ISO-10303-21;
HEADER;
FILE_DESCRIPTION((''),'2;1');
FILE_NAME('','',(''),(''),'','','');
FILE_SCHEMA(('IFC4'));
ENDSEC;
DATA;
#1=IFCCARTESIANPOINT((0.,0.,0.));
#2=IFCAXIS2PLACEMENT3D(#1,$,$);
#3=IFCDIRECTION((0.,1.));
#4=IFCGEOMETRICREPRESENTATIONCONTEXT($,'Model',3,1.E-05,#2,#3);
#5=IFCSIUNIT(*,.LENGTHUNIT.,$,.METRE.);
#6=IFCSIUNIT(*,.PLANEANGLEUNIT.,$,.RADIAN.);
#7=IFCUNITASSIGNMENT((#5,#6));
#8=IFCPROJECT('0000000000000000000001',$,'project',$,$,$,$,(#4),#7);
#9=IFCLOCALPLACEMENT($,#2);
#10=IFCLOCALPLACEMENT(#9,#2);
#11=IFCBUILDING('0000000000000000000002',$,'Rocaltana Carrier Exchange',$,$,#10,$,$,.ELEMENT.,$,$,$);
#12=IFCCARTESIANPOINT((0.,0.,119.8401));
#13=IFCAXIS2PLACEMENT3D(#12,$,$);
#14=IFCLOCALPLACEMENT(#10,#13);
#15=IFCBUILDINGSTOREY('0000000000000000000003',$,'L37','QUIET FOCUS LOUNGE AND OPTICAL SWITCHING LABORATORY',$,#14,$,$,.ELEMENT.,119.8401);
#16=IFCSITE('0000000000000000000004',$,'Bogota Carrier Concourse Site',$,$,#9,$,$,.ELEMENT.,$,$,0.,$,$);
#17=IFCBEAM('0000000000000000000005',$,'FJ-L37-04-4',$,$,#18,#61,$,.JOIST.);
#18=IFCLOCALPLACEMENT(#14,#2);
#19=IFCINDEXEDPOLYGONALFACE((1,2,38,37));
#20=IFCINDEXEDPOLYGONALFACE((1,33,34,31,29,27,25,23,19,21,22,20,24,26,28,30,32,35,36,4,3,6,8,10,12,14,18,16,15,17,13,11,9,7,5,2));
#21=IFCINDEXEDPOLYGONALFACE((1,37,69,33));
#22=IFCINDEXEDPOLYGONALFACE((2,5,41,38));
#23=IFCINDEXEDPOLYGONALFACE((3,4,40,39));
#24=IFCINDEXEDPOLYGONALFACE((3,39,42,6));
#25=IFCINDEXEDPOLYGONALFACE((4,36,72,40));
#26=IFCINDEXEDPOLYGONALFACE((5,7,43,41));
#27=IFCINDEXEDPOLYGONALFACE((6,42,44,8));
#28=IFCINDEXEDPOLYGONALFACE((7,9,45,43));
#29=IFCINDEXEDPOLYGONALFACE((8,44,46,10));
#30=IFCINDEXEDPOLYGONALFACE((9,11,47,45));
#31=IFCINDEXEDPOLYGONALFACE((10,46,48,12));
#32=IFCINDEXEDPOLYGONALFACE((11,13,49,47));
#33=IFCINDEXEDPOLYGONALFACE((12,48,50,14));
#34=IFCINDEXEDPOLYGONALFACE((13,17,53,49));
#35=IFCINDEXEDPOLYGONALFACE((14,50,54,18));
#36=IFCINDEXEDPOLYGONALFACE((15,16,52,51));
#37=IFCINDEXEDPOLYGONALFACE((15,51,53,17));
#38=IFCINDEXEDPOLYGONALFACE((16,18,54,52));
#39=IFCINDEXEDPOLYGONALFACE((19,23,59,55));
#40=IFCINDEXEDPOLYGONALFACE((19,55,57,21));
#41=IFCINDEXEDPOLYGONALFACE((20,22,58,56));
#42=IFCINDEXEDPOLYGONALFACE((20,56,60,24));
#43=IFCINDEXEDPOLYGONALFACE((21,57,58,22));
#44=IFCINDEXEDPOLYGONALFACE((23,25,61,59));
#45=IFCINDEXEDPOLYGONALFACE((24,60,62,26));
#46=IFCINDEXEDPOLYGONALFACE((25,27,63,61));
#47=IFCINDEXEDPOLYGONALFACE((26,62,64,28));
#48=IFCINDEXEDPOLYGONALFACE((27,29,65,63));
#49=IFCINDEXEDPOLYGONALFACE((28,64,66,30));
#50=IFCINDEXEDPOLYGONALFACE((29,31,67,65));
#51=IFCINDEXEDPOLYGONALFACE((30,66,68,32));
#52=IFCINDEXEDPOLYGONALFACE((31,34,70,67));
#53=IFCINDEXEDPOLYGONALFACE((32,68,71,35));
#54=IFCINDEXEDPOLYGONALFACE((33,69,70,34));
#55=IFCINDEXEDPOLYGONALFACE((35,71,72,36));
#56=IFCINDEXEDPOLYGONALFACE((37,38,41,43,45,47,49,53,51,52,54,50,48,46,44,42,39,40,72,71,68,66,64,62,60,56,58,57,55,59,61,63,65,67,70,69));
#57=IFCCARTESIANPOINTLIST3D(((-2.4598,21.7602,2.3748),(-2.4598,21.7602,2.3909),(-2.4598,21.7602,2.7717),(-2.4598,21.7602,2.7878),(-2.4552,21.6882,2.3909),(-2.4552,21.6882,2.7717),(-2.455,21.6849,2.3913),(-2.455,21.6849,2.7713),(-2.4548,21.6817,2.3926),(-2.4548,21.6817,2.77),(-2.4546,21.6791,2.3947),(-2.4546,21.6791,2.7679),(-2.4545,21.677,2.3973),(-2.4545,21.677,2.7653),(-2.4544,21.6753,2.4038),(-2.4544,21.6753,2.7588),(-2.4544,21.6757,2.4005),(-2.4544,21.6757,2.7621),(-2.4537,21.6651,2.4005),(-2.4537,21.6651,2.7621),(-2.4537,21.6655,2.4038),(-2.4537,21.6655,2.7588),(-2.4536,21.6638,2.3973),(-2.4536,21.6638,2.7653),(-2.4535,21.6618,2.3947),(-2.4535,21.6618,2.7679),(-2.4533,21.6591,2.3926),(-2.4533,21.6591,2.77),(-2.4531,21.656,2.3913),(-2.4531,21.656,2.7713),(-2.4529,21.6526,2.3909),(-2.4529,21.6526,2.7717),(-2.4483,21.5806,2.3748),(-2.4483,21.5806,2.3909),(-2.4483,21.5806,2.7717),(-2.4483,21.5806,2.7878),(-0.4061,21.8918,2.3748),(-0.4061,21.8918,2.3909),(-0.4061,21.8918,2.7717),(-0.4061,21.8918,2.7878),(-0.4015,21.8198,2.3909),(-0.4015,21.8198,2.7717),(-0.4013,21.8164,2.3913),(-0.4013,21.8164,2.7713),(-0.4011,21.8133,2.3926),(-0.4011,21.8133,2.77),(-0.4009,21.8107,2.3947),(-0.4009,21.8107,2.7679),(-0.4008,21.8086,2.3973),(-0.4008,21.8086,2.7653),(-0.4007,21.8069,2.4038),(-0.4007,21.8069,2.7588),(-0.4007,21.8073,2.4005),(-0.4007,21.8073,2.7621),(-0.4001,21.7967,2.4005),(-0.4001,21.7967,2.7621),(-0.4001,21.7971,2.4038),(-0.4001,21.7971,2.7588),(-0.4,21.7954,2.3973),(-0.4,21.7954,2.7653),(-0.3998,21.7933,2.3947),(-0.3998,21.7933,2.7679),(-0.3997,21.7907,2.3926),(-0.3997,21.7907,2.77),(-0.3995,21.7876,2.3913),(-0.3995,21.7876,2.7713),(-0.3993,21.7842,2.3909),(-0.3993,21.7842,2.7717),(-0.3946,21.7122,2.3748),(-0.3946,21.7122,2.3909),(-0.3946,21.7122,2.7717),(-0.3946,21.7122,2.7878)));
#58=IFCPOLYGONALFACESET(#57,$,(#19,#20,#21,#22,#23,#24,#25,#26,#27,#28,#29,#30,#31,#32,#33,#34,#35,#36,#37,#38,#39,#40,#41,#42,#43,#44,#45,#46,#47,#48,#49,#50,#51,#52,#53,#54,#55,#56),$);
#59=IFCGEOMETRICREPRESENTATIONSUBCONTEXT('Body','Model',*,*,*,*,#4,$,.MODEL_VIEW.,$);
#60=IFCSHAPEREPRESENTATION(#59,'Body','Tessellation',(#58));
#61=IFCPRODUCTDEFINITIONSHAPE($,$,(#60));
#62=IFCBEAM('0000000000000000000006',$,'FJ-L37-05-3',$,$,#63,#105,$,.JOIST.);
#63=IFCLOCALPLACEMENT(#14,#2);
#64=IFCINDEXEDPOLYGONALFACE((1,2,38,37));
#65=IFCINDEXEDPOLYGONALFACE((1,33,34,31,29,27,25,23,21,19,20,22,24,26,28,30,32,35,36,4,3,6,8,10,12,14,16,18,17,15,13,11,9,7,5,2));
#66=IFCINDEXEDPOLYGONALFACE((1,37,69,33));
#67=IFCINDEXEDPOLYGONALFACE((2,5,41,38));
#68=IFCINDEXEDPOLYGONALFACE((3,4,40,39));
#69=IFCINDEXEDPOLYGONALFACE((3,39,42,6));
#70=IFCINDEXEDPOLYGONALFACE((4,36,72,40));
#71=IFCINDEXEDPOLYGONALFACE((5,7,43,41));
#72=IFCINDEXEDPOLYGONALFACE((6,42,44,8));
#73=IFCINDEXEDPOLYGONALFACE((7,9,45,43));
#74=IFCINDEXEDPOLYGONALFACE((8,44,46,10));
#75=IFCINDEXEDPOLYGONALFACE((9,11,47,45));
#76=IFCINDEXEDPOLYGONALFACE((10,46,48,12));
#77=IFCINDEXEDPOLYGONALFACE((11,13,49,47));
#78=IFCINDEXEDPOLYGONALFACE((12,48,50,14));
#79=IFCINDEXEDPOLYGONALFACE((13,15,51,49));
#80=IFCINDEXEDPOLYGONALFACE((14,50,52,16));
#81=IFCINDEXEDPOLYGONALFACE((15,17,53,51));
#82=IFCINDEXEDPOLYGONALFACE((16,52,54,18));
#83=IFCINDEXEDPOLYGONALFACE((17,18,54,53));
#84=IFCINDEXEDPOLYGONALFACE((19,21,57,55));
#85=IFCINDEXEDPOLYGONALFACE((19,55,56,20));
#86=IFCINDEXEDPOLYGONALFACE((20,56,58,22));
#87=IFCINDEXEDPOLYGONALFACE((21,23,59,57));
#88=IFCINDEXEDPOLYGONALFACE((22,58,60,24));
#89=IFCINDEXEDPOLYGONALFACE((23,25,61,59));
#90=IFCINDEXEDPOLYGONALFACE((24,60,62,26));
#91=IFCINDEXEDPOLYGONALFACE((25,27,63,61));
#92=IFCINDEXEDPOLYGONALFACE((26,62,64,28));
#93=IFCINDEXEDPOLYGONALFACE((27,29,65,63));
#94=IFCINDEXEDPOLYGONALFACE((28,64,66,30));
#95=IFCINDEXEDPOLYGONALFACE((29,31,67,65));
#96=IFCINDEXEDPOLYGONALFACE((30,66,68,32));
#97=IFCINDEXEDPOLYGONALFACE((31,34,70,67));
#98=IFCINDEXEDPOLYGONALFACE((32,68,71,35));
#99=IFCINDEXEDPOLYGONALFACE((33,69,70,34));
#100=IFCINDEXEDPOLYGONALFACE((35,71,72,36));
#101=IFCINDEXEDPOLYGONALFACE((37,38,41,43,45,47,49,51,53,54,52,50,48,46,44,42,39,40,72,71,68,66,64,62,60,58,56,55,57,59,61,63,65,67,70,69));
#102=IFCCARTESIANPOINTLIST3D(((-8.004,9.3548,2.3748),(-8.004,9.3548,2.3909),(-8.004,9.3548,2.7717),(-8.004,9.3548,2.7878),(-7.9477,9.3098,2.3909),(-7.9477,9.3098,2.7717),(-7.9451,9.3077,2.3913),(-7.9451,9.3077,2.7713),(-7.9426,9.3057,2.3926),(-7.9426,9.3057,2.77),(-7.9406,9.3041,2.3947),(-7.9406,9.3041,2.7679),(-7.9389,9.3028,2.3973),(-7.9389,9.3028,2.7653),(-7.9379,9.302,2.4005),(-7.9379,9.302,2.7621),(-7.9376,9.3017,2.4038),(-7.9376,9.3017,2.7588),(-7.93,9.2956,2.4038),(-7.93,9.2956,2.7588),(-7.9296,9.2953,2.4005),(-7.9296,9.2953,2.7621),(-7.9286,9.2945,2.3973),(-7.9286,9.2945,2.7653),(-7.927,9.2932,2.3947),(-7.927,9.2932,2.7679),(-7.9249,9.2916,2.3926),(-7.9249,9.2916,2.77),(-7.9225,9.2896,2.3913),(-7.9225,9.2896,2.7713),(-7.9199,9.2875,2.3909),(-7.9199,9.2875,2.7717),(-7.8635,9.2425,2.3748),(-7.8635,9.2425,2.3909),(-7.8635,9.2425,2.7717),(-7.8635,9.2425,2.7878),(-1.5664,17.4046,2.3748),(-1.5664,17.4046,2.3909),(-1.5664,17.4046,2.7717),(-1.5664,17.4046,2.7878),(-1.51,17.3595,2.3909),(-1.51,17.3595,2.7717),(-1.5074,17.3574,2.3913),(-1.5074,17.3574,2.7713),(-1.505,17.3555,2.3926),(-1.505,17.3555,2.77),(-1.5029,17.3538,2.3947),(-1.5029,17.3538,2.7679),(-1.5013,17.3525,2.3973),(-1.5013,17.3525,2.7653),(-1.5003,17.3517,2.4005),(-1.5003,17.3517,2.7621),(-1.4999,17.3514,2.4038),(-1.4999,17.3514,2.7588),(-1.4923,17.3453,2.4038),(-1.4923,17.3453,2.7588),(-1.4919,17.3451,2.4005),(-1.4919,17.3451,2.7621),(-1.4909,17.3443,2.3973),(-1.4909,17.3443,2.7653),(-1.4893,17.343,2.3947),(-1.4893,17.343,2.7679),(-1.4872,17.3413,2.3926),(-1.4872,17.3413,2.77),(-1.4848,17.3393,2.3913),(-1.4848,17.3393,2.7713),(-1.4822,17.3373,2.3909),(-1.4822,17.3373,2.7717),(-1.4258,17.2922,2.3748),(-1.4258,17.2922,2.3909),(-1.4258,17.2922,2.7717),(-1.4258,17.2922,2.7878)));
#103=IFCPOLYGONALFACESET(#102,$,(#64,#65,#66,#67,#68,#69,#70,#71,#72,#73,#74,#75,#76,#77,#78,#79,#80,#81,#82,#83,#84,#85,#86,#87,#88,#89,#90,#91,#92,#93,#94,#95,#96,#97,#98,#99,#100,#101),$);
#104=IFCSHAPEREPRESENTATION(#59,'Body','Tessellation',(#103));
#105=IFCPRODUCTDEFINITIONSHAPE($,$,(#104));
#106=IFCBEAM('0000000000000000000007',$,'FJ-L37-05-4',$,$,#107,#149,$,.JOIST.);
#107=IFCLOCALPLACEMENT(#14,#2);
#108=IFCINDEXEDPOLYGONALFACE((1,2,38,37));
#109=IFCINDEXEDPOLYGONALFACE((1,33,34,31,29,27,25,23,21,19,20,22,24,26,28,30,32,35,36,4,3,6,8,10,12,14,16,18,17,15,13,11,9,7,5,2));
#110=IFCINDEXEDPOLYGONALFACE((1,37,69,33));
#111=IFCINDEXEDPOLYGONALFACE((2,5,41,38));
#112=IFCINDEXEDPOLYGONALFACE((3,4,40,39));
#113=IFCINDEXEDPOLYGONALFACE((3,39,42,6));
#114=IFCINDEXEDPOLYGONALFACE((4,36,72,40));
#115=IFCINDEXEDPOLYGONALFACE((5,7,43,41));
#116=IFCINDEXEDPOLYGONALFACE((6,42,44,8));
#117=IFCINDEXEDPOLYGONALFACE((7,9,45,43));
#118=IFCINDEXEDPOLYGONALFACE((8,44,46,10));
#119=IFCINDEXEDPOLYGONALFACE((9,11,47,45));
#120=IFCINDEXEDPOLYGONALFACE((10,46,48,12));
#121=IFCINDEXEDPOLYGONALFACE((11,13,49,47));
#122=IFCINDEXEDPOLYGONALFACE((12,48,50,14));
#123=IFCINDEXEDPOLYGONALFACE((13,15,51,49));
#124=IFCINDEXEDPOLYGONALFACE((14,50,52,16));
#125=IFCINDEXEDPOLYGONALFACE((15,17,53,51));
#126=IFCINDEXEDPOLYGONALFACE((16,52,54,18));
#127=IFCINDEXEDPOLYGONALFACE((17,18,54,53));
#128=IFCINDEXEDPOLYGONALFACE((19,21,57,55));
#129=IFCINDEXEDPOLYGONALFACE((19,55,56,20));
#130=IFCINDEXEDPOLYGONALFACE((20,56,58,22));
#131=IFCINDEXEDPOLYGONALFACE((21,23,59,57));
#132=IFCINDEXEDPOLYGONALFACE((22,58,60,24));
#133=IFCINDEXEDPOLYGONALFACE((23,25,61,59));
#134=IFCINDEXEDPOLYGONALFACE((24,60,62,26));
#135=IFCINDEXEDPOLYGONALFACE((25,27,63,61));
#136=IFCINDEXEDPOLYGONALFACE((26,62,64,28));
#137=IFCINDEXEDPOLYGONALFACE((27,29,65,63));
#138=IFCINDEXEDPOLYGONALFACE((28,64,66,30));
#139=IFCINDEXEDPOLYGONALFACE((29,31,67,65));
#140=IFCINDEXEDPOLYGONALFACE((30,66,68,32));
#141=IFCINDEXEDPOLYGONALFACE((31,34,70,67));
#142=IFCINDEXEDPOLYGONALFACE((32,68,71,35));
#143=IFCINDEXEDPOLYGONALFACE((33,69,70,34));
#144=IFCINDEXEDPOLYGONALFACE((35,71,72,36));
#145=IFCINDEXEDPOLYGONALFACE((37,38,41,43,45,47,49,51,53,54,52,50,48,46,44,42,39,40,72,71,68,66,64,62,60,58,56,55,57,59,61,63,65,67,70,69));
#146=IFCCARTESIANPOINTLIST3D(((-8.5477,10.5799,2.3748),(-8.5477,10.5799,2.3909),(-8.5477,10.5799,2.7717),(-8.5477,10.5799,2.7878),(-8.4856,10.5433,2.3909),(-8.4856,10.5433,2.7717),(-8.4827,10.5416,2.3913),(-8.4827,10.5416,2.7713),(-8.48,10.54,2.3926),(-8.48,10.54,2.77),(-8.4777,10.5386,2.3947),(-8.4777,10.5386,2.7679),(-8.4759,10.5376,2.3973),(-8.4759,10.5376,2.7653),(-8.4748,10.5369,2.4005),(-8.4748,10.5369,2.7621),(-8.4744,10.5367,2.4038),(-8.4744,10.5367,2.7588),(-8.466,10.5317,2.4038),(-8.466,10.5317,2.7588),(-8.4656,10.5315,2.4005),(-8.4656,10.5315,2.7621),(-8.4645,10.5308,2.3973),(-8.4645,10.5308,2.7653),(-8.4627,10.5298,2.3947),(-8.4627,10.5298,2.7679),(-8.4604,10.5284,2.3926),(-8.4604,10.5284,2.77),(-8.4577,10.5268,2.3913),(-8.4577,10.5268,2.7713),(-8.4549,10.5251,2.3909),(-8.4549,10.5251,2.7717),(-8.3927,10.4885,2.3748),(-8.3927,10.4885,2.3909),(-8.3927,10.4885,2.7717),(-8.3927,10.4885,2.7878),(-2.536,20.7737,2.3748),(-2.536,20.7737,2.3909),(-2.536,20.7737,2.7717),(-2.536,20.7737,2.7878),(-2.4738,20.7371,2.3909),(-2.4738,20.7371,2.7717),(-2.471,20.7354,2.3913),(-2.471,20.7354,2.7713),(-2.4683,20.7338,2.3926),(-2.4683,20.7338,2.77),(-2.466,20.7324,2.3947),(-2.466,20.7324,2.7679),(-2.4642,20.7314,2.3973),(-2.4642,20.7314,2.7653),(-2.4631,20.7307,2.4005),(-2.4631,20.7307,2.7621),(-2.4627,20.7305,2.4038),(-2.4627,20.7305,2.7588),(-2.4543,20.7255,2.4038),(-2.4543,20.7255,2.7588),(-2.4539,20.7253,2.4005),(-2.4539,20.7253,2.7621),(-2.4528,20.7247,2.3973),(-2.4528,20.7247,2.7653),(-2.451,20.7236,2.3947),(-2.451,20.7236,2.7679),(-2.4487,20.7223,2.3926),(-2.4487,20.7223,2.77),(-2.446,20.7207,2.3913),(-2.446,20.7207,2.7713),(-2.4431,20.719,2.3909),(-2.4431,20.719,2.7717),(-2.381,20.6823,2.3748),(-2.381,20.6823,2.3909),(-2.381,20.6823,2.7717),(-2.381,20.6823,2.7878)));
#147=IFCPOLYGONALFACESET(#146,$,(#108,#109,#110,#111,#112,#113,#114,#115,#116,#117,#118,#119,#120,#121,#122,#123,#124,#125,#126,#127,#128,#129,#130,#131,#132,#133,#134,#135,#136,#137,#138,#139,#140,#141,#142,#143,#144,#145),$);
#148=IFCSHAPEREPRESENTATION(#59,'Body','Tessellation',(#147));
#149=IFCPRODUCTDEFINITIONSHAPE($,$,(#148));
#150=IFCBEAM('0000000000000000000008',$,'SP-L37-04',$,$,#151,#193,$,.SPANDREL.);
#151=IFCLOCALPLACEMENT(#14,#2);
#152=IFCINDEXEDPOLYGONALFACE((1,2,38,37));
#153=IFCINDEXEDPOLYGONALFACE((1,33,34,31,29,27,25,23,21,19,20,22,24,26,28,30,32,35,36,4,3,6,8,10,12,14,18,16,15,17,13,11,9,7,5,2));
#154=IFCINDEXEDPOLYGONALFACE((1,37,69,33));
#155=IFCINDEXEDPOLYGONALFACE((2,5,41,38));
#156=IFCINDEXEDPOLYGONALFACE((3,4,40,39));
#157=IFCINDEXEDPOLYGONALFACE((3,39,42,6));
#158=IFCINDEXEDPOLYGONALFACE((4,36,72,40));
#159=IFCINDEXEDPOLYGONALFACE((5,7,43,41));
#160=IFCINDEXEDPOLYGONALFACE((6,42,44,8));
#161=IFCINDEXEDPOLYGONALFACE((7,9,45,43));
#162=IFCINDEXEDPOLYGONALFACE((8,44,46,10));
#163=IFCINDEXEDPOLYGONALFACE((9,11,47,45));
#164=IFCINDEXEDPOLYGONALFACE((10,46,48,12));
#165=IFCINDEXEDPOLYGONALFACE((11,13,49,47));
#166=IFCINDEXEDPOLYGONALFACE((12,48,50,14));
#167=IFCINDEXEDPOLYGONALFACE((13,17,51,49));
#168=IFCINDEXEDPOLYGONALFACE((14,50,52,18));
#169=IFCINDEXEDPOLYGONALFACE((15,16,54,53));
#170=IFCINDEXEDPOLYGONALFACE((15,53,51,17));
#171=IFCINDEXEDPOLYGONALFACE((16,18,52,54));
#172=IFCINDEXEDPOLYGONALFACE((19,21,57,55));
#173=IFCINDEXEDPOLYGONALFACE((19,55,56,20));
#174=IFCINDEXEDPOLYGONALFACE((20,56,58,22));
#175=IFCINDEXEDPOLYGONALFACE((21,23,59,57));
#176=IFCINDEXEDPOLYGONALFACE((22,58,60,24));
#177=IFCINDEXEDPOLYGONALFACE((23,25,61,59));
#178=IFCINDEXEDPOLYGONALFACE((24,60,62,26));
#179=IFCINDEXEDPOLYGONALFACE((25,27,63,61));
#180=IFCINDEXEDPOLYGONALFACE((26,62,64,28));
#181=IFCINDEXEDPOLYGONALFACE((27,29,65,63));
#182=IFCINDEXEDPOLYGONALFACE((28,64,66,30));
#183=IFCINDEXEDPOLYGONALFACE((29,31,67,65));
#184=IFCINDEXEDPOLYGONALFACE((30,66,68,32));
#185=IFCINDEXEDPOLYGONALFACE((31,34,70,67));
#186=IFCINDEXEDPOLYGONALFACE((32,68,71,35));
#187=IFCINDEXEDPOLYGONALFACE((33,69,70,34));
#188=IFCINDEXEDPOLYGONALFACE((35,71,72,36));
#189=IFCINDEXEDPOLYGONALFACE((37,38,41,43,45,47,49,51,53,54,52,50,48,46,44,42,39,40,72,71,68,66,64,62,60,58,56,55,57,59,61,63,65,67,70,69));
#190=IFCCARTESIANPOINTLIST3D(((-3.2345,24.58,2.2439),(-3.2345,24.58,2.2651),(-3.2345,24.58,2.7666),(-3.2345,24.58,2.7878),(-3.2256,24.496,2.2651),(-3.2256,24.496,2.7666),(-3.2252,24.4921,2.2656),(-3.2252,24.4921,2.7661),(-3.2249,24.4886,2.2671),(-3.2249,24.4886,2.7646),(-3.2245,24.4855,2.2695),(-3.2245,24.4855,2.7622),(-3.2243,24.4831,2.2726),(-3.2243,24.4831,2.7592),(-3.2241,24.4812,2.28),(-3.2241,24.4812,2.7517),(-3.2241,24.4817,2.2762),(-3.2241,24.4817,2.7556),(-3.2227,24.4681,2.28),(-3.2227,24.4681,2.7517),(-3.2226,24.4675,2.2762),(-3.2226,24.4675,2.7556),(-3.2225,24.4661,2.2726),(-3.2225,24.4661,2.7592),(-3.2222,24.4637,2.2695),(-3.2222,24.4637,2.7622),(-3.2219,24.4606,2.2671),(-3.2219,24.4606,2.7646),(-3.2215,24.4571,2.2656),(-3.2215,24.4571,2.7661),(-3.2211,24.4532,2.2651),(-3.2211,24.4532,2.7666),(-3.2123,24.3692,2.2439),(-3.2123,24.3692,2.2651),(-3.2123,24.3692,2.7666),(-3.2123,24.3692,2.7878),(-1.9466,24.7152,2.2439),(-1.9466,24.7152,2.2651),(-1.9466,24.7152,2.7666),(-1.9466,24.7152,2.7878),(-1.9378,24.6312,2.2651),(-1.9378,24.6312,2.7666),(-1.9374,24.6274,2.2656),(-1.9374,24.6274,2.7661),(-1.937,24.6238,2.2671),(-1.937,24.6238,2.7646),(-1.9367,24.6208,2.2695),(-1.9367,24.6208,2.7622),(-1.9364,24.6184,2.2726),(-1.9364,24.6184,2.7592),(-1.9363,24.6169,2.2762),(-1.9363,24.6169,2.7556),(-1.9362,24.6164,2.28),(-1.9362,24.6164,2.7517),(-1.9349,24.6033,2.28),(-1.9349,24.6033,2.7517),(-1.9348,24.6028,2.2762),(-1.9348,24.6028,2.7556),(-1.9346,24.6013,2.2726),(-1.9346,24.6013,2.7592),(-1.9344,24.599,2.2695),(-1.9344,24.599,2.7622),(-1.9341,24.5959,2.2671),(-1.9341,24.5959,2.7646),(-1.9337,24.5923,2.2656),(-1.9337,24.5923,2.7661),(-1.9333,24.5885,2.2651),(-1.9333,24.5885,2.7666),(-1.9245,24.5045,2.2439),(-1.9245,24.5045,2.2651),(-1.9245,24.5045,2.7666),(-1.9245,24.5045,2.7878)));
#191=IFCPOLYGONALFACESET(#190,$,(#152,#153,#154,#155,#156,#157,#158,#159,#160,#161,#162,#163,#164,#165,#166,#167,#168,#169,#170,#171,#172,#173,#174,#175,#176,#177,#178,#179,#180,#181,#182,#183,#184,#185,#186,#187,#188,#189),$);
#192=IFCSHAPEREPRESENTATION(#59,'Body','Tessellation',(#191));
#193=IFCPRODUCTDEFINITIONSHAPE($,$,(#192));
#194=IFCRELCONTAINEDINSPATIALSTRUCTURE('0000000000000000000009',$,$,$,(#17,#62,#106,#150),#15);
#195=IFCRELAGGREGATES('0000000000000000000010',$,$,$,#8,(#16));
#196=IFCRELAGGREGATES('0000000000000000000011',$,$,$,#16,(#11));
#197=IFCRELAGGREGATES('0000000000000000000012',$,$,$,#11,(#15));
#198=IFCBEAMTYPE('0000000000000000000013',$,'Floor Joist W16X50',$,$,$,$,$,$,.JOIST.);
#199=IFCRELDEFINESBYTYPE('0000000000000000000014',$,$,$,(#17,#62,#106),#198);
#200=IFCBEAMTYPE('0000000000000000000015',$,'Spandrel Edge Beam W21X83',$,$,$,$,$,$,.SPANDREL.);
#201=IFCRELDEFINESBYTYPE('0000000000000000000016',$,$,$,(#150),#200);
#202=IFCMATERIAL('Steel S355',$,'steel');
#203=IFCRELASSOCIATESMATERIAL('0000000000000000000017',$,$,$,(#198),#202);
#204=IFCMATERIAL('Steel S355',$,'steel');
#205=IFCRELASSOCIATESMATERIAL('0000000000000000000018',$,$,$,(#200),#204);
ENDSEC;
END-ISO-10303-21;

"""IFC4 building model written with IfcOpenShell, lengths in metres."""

from ifc_helpers import new_model, si_unit, direction, frame, origin, origin_2d, place, context, subcontext, project, spatial, i_section, extrude, material, material_profile, profile_set, type_object, element, save


model = new_model("IFC4")

# Units and contexts
model_context = context("Model", 3, precision=1e-05, world=origin(), true_north=direction((0.0, 1.0)))
body_context = subcontext(model_context, "Body", "Model", "MODEL_VIEW")
ifc_project = project(units=[si_unit("LENGTHUNIT", "METRE"), si_unit("PLANEANGLEUNIT", "RADIAN")], contexts=[model_context])

# Site, building, storey
site_placement = place(None, origin())
site = spatial("IfcSite", under=ifc_project, at=site_placement, Name="Bogota Carrier Concourse Site", CompositionType="ELEMENT", RefElevation=0.0)
building_placement = place(site_placement, origin())
building = spatial("IfcBuilding", under=site, at=building_placement, Name="Rocaltana Carrier Exchange", CompositionType="ELEMENT")
storey_placement = place(building_placement, frame((0.0, 0.0, 119.8401)))
storey = spatial("IfcBuildingStorey", under=building, at=storey_placement, Name="L37", Description="QUIET FOCUS LOUNGE AND OPTICAL SWITCHING LABORATORY", CompositionType="ELEMENT", Elevation=119.8401)

# Beams
ifc_material_1 = material(Name="Steel S355", Category="steel")
ifc_material_profile_1 = material_profile(ifc_material_1, i_section(OverallWidth=0.1799, OverallDepth=0.4131, WebThickness=0.0098, FlangeThickness=0.0161, FilletRadius=0.0129, at=origin_2d()), Name="W16X50")
ifc_profile_set_1 = profile_set([ifc_material_profile_1], Name="Steel S355")
beam_type_1 = type_object("IfcBeamType", Name="Floor Joist W16X50", PredefinedType="JOIST", material=ifc_profile_set_1)
beam_1_placement = place(storey_placement, frame((-0.4004, 21.802, 2.5813), z_axis=(-0.997953, -0.063944, 0.0), x_axis=(0.063944, -0.997953, 0.0)))
element("IfcBeam", 1, at=beam_1_placement, inside=storey, type_object=beam_type_1, Name="FJ-L37-04-4", PredefinedType="JOIST", context=body_context, shape_type="SweptSolid", body=[
    extrude(i_section(OverallWidth=0.1799, OverallDepth=0.4131, WebThickness=0.0098, FlangeThickness=0.0161, FilletRadius=0.0129, at=origin_2d()), origin(), (0.0, 0.0, 1.0), 2.0579),
])
beam_2_placement = place(storey_placement, frame((-1.4961, 17.3484, 2.5813), z_axis=(-0.624571, -0.780968, 0.0), x_axis=(0.780968, -0.624571, 0.0)))
element("IfcBeam", 2, at=beam_2_placement, inside=storey, type_object=beam_type_1, Name="FJ-L37-05-3", PredefinedType="JOIST", context=body_context, shape_type="SweptSolid", body=[
    extrude(i_section(OverallWidth=0.1799, OverallDepth=0.4131, WebThickness=0.0098, FlangeThickness=0.0161, FilletRadius=0.0129, at=origin_2d()), origin(), (0.0, 0.0, 1.0), 10.3074),
])
beam_3_placement = place(storey_placement, frame((-2.4585, 20.728, 2.5813), z_axis=(-0.507983, -0.861367, 0.0), x_axis=(0.861367, -0.507983, 0.0)))
element("IfcBeam", 3, at=beam_3_placement, inside=storey, type_object=beam_type_1, Name="FJ-L37-05-4", PredefinedType="JOIST", context=body_context, shape_type="SweptSolid", body=[
    extrude(i_section(OverallWidth=0.1799, OverallDepth=0.4131, WebThickness=0.0098, FlangeThickness=0.0161, FilletRadius=0.0129, at=origin_2d()), origin(), (0.0, 0.0, 1.0), 11.8345),
])
ifc_material_2 = material(Name="Steel S355", Category="steel")
ifc_material_profile_2 = material_profile(ifc_material_2, i_section(OverallWidth=0.2119, OverallDepth=0.5439, WebThickness=0.0132, FlangeThickness=0.0212, FilletRadius=0.0149, at=origin_2d()), Name="W21X83")
ifc_profile_set_2 = profile_set([ifc_material_profile_2], Name="Steel S355")
beam_type_2 = type_object("IfcBeamType", Name="Spandrel Edge Beam W21X83", PredefinedType="SPANDREL", material=ifc_profile_set_2)
beam_4_placement = place(storey_placement, frame((-1.9355, 24.6099, 2.5159), z_axis=(-0.99453, -0.104449, 0.0), x_axis=(0.104449, -0.99453, 0.0)))
element("IfcBeam", 4, at=beam_4_placement, inside=storey, type_object=beam_type_2, Name="SP-L37-04", PredefinedType="SPANDREL", context=body_context, shape_type="SweptSolid", body=[
    extrude(i_section(OverallWidth=0.2119, OverallDepth=0.5439, WebThickness=0.0132, FlangeThickness=0.0212, FilletRadius=0.0149, at=origin_2d()), origin(), (0.0, 0.0, 1.0), 1.2949),
])

save(model, "model.ifc")
